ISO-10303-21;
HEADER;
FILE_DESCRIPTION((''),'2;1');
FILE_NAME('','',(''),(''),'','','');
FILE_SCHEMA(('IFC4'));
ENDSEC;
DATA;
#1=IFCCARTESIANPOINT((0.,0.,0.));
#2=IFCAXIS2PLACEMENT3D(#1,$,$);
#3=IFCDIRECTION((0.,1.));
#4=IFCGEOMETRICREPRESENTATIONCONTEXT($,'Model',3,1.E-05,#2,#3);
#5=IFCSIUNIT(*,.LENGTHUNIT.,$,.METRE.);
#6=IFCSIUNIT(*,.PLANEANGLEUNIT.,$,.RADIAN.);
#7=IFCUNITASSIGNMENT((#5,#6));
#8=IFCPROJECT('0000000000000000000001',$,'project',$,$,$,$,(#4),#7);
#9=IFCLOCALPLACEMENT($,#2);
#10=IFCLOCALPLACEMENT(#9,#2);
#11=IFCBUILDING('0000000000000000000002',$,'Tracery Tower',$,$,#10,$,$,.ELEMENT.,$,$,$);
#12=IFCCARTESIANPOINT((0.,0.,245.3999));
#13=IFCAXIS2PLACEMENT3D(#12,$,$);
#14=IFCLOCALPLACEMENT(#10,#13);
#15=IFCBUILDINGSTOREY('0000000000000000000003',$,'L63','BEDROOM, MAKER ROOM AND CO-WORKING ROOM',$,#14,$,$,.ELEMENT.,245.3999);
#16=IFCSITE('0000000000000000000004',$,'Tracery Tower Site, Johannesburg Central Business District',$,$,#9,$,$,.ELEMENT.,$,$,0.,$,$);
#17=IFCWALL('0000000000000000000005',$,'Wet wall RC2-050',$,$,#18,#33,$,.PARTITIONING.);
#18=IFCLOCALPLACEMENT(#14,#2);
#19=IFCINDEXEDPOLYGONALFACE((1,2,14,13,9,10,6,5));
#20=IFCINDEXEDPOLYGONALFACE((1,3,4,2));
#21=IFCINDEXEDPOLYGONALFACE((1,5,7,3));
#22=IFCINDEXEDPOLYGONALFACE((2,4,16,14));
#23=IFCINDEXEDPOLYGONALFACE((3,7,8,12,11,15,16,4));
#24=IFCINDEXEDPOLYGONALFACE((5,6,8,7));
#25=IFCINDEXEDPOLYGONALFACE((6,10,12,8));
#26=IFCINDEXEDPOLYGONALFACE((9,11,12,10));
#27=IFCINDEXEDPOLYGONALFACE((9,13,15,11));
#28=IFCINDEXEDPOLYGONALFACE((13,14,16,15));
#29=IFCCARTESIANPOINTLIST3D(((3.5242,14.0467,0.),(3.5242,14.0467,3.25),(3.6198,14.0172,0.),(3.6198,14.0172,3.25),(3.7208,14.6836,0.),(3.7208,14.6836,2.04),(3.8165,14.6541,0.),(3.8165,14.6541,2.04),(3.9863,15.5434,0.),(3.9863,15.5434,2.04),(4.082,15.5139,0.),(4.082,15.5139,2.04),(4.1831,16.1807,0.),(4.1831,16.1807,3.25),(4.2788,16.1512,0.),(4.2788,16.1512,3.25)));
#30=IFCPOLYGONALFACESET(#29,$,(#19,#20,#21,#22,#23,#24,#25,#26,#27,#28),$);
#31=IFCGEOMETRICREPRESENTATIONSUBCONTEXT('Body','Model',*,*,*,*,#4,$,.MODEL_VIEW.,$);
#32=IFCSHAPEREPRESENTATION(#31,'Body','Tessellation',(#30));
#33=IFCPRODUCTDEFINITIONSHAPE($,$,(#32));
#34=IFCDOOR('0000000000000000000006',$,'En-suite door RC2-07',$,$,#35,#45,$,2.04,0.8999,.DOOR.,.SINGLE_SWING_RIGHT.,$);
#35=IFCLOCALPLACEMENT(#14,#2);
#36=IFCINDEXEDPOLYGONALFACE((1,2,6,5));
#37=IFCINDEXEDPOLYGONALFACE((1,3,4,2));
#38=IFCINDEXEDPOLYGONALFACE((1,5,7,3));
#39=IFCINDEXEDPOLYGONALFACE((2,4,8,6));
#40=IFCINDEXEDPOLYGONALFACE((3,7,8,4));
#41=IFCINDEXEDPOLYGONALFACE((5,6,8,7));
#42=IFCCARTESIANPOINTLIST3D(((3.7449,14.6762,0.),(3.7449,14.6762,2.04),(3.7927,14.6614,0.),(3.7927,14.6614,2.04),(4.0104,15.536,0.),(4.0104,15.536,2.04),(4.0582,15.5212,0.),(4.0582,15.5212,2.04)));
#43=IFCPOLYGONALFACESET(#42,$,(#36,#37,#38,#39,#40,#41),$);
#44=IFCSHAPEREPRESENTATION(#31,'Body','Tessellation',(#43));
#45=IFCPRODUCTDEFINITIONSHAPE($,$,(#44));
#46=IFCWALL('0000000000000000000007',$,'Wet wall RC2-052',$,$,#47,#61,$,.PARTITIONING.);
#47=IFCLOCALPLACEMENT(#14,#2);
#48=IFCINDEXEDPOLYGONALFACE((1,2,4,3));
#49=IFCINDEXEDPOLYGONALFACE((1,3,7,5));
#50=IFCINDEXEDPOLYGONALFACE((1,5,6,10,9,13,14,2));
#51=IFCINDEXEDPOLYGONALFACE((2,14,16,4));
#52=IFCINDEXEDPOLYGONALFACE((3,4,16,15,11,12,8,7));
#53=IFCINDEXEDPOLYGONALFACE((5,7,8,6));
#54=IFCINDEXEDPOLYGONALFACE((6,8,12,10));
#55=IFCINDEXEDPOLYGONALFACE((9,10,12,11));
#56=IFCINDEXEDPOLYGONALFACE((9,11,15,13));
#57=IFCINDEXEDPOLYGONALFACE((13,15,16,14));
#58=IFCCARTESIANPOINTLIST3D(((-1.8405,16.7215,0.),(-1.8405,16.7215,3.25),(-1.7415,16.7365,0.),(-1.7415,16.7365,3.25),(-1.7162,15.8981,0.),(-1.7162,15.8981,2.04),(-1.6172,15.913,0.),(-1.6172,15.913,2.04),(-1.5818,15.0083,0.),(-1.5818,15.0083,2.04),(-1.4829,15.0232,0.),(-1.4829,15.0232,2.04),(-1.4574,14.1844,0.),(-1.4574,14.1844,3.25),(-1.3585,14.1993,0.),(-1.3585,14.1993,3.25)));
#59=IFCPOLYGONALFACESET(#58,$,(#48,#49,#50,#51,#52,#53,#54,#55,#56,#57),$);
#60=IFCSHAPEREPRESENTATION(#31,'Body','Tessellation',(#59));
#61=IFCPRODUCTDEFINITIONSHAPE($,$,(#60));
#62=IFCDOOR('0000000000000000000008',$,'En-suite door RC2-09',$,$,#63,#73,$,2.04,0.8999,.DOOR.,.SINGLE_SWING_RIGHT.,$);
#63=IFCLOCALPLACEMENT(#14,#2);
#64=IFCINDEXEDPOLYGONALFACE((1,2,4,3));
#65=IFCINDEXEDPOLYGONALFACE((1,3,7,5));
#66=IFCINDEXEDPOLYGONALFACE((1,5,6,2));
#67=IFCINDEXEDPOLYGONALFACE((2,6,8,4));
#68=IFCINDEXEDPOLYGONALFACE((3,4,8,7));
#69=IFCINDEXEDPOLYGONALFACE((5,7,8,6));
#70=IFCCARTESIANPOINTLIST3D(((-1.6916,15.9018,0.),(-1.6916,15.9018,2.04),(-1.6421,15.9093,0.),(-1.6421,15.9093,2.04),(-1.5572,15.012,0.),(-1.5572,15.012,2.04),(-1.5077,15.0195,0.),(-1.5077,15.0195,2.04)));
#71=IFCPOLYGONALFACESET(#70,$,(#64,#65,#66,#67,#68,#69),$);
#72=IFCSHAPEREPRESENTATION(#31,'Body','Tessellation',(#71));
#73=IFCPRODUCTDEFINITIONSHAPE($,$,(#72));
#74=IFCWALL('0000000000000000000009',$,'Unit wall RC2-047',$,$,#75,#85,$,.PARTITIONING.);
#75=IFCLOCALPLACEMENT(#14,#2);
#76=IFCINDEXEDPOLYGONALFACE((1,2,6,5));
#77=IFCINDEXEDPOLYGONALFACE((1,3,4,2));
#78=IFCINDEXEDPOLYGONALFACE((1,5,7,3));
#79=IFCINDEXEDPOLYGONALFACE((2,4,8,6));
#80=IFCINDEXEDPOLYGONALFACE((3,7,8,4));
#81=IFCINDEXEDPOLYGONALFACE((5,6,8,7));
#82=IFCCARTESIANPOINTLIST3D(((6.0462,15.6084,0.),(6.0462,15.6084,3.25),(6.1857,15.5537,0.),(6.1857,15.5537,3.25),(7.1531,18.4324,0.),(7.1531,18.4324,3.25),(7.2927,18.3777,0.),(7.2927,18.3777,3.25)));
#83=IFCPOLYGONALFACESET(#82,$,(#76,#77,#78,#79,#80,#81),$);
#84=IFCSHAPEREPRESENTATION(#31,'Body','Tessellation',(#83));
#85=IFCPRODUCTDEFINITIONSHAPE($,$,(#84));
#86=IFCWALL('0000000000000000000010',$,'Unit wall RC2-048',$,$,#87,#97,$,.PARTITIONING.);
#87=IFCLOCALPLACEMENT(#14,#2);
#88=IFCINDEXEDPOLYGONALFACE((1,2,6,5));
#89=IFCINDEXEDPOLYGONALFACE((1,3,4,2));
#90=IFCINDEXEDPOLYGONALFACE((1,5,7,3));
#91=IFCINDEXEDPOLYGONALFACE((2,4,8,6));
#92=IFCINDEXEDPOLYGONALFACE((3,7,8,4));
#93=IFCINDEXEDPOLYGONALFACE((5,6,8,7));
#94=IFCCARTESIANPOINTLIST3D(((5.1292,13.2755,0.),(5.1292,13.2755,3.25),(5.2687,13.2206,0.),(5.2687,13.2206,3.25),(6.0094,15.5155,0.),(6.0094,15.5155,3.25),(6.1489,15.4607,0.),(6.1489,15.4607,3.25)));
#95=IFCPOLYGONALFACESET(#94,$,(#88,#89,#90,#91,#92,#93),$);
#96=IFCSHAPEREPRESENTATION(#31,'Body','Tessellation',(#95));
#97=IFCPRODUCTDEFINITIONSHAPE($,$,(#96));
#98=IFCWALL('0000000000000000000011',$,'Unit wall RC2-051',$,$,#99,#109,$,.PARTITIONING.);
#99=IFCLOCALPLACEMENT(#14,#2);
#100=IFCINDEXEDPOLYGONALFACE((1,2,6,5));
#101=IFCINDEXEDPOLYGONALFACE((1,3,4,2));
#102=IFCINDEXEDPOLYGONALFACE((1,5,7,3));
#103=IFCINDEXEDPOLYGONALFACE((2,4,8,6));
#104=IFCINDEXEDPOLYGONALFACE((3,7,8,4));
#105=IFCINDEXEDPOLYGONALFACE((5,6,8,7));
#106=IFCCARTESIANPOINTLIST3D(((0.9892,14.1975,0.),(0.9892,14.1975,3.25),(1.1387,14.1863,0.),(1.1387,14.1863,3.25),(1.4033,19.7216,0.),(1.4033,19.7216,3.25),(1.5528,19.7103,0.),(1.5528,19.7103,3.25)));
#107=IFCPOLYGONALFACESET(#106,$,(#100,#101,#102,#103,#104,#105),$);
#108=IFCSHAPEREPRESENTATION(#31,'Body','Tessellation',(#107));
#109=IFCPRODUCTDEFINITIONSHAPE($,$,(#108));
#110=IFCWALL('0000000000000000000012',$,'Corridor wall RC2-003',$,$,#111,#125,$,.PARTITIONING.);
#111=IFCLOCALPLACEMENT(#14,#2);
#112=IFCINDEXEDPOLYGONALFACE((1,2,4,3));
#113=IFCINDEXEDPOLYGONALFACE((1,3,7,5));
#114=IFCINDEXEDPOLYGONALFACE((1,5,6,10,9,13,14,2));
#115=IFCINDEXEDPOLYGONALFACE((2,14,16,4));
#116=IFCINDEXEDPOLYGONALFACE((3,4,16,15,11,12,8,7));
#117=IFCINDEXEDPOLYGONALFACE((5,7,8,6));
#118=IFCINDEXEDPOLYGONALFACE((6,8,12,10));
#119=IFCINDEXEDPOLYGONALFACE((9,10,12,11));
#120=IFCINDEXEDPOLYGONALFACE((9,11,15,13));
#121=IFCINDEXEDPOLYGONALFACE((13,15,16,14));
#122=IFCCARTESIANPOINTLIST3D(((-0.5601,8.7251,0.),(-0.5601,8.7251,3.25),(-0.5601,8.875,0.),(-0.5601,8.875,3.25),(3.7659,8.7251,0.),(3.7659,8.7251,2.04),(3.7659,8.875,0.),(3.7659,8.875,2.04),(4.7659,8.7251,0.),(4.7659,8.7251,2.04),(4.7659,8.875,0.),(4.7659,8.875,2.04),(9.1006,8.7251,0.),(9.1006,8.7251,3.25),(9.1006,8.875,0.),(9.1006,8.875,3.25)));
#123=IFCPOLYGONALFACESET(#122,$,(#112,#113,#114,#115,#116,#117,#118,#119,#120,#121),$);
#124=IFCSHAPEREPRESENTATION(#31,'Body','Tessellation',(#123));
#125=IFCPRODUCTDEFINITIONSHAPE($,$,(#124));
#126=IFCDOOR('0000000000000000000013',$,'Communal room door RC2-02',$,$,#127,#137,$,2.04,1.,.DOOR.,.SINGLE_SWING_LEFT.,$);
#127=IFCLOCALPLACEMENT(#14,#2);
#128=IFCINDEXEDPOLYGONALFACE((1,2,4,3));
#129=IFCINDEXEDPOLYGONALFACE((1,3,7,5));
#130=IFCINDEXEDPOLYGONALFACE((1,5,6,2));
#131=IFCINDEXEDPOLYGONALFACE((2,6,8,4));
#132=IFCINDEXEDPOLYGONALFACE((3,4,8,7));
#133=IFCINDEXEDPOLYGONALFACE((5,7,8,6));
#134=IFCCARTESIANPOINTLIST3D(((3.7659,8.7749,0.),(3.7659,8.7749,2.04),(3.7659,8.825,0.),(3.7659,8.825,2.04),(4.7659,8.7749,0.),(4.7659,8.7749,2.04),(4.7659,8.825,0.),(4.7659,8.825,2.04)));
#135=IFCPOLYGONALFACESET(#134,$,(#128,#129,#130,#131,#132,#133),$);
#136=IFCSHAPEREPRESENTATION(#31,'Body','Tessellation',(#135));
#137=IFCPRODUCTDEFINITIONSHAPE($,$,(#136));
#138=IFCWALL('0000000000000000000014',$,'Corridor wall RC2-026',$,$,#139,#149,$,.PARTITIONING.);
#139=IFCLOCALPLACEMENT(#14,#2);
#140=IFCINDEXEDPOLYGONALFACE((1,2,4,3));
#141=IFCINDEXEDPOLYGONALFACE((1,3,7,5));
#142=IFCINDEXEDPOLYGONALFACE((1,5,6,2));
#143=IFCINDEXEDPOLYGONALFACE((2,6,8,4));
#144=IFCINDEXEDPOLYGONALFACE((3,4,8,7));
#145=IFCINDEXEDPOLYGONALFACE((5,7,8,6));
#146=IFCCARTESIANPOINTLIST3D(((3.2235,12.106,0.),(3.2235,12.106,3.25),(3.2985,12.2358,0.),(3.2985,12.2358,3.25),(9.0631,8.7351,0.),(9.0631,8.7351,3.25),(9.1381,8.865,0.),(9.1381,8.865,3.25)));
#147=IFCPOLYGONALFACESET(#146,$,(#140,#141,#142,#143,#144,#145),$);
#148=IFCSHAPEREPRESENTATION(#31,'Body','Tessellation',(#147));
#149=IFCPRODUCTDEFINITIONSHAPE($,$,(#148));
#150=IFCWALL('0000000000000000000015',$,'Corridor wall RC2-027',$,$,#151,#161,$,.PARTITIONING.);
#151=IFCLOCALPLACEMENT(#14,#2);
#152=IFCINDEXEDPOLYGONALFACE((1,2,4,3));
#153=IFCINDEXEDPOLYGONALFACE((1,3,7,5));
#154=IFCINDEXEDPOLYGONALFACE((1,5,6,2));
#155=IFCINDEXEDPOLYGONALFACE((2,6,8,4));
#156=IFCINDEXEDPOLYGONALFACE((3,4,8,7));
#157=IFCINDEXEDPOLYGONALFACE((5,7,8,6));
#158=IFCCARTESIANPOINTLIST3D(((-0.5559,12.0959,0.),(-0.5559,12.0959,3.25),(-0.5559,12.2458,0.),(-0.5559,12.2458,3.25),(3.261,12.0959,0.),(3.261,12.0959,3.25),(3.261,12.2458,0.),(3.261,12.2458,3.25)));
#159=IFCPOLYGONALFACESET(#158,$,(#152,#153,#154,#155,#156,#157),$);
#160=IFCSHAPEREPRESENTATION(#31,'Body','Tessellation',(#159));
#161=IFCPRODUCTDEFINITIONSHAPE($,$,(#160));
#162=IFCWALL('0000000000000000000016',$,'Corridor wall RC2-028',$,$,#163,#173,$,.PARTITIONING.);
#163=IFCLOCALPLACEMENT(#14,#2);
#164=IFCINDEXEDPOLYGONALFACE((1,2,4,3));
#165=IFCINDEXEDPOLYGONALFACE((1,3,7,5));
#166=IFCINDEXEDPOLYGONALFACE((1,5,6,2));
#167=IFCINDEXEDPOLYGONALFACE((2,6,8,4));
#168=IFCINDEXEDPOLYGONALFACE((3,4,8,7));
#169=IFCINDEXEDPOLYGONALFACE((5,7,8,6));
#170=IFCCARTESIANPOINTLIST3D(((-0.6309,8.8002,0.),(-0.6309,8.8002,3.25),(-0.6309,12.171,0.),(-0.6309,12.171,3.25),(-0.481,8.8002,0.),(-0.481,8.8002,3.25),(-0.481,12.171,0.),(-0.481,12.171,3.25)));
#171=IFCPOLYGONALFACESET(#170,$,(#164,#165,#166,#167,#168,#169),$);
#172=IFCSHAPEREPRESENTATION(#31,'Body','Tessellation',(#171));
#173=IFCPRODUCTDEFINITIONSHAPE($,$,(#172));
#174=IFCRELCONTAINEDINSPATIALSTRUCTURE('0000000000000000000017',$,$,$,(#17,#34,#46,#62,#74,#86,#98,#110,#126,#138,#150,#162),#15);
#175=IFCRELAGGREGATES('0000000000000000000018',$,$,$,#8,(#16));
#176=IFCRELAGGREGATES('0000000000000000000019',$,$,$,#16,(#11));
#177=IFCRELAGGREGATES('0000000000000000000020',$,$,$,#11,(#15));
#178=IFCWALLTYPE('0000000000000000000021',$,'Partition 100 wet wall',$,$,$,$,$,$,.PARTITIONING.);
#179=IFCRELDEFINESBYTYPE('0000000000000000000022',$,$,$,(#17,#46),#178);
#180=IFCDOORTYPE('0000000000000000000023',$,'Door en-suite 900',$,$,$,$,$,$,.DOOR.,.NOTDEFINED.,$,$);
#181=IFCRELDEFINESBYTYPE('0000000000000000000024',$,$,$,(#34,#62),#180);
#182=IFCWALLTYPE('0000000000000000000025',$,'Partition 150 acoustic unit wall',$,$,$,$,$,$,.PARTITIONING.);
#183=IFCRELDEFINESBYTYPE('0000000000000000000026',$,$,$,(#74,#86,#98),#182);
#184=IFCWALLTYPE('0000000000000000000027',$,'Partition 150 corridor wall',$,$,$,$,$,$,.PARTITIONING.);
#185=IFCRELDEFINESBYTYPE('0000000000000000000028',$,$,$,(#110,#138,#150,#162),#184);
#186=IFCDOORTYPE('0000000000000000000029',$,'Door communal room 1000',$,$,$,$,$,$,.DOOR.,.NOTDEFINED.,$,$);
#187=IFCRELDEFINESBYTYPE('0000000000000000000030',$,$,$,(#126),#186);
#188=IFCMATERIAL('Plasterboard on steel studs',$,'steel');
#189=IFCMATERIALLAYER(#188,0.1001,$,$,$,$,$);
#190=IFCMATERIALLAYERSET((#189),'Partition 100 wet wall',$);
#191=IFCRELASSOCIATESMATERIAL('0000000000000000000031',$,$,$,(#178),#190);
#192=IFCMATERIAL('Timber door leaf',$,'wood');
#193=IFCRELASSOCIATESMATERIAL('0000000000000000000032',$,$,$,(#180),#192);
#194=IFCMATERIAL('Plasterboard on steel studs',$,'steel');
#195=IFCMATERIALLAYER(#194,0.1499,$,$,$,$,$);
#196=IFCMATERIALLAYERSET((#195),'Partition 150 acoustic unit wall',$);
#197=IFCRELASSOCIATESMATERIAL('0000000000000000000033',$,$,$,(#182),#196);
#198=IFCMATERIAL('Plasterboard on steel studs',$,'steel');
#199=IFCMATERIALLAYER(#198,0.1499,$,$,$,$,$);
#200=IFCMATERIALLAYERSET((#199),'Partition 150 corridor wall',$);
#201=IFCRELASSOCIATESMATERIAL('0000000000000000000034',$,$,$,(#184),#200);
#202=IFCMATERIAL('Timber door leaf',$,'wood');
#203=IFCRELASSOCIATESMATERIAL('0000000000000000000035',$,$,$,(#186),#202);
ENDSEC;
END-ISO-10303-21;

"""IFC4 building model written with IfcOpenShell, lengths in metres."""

from ifc_helpers import new_model, si_unit, direction, frame, frame_2d, origin, place, context, subcontext, project, spatial, rectangle, extrude, material, layer, layer_set, type_object, element, fill, save


model = new_model("IFC4")

# Units and contexts
model_context = context("Model", 3, precision=1e-05, world=origin(), true_north=direction((0.0, 1.0)))
body_context = subcontext(model_context, "Body", "Model", "MODEL_VIEW")
ifc_project = project(units=[si_unit("LENGTHUNIT", "METRE"), si_unit("PLANEANGLEUNIT", "RADIAN")], contexts=[model_context])

# Site, building, storey
site_placement = place(None, origin())
site = spatial("IfcSite", under=ifc_project, at=site_placement, Name="Tracery Tower Site, Johannesburg Central Business District", CompositionType="ELEMENT", RefElevation=0.0)
building_placement = place(site_placement, origin())
building = spatial("IfcBuilding", under=site, at=building_placement, Name="Tracery Tower", CompositionType="ELEMENT")
storey_placement = place(building_placement, frame((0.0, 0.0, 245.3999)))
storey = spatial("IfcBuildingStorey", under=building, at=storey_placement, Name="L63", Description="BEDROOM, MAKER ROOM AND CO-WORKING ROOM", CompositionType="ELEMENT", Elevation=245.3999)

# Shared definitions
ifc_material_1 = material(Name="Plasterboard on steel studs", Category="steel")
ifc_layer_1 = layer(ifc_material_1, 0.1001)
ifc_layer_set_1 = layer_set([ifc_layer_1], Name="Partition 100 wet wall")
wall_type_1 = type_object("IfcWallType", Name="Partition 100 wet wall", PredefinedType="PARTITIONING", material=ifc_layer_set_1)
ifc_material_2 = material(Name="Timber door leaf", Category="wood")
door_type_1 = type_object("IfcDoorType", Name="Door en-suite 900", OperationType="NOTDEFINED", PredefinedType="DOOR", material=ifc_material_2)

# Walls, openings, doors
wall_1_placement = place(storey_placement, frame((3.572, 14.032, 0.0), z_axis=(0.0, 0.0, 1.0), x_axis=(0.295031, 0.955488, 0.0)))
wall_1 = element("IfcWall", 1, at=wall_1_placement, inside=storey, type_object=wall_type_1, Name="Wet wall RC2-050", PredefinedType="PARTITIONING", context=body_context, shape_type="SweptSolid", body=[
    extrude(rectangle(XDim=2.2334, YDim=0.1001, at=frame_2d((1.1167, 0.0))), origin(), (0.0, 0.0, 1.0), 3.25),
])
opening_1_placement = place(wall_1_placement, frame((0.6665, 0.0, 0.0)))
opening_1 = element("IfcOpeningElement", 2, at=opening_1_placement, cuts=wall_1, PredefinedType="OPENING", context=body_context, shape_type="SweptSolid", body=[
    extrude(rectangle(XDim=0.8999, YDim=2.04, at=frame_2d((0.45, 1.02))), frame((0.0, 0.05, 0.0), z_axis=(0.0, -1.0, 0.0), x_axis=(1.0, 0.0, 0.0)), (0.0, 0.0, 1.0), 0.1001),
])
door_1_placement = place(opening_1_placement, origin())
door_1 = element("IfcDoor", 3, at=door_1_placement, inside=storey, type_object=door_type_1, Name="En-suite door RC2-07", OperationType="SINGLE_SWING_RIGHT", OverallHeight=2.04, OverallWidth=0.8999, PredefinedType="DOOR", context=body_context, shape_type="SweptSolid", body=[
    extrude(rectangle(XDim=0.8999, YDim=2.04, at=frame_2d((0.45, 1.02))), frame((0.0, 0.0249, 0.0), z_axis=(0.0, -1.0, 0.0), x_axis=(1.0, 0.0, 0.0)), (0.0, 0.0, 1.0), 0.05),
])
fill(opening_1, door_1)
wall_2_placement = place(storey_placement, frame((-1.791, 16.729, 0.0), z_axis=(0.0, 0.0, 1.0), x_axis=(0.14929, -0.988794, 0.0)))
wall_2 = element("IfcWall", 4, at=wall_2_placement, inside=storey, type_object=wall_type_1, Name="Wet wall RC2-052", PredefinedType="PARTITIONING", context=body_context, shape_type="SweptSolid", body=[
    extrude(rectangle(XDim=2.5659, YDim=0.1001, at=frame_2d((1.283, 0.0))), origin(), (0.0, 0.0, 1.0), 3.25),
])
opening_2_placement = place(wall_2_placement, frame((0.8328, 0.0, 0.0)))
opening_2 = element("IfcOpeningElement", 5, at=opening_2_placement, cuts=wall_2, PredefinedType="OPENING", context=body_context, shape_type="SweptSolid", body=[
    extrude(rectangle(XDim=0.8999, YDim=2.04, at=frame_2d((0.45, 1.02))), frame((0.0, 0.05, 0.0), z_axis=(0.0, -1.0, 0.0), x_axis=(1.0, 0.0, 0.0)), (0.0, 0.0, 1.0), 0.1001),
])
door_2_placement = place(opening_2_placement, origin())
door_2 = element("IfcDoor", 6, at=door_2_placement, inside=storey, type_object=door_type_1, Name="En-suite door RC2-09", OperationType="SINGLE_SWING_RIGHT", OverallHeight=2.04, OverallWidth=0.8999, PredefinedType="DOOR", context=body_context, shape_type="SweptSolid", body=[
    extrude(rectangle(XDim=0.8999, YDim=2.04, at=frame_2d((0.45, 1.02))), frame((0.0, 0.0249, 0.0), z_axis=(0.0, -1.0, 0.0), x_axis=(1.0, 0.0, 0.0)), (0.0, 0.0, 1.0), 0.05),
])
fill(opening_2, door_2)

# Walls
ifc_material_3 = material(Name="Plasterboard on steel studs", Category="steel")
ifc_layer_2 = layer(ifc_material_3, 0.1499)
ifc_layer_set_2 = layer_set([ifc_layer_2], Name="Partition 150 acoustic unit wall")
wall_type_2 = type_object("IfcWallType", Name="Partition 150 acoustic unit wall", PredefinedType="PARTITIONING", material=ifc_layer_set_2)
wall_3_placement = place(storey_placement, frame((6.116, 15.5811, 0.0), z_axis=(0.0, 0.0, 1.0), x_axis=(0.364943, 0.93103, 0.0)))
element("IfcWall", 7, at=wall_3_placement, inside=storey, type_object=wall_type_2, Name="Unit wall RC2-047", PredefinedType="PARTITIONING", context=body_context, shape_type="SweptSolid", body=[
    extrude(rectangle(XDim=3.0332, YDim=0.1499, at=frame_2d((1.5166, 0.0))), origin(), (0.0, 0.0, 1.0), 3.25),
])
wall_4_placement = place(storey_placement, frame((5.199, 13.248, 0.0), z_axis=(0.0, 0.0, 1.0), x_axis=(0.365699, 0.930733, 0.0)))
element("IfcWall", 8, at=wall_4_placement, inside=storey, type_object=wall_type_2, Name="Unit wall RC2-048", PredefinedType="PARTITIONING", context=body_context, shape_type="SweptSolid", body=[
    extrude(rectangle(XDim=2.4067, YDim=0.1499, at=frame_2d((1.2034, 0.0))), origin(), (0.0, 0.0, 1.0), 3.25),
])
wall_5_placement = place(storey_placement, frame((1.064, 14.1919, 0.0), z_axis=(0.0, 0.0, 1.0), x_axis=(0.074745, 0.997203, 0.0)))
element("IfcWall", 9, at=wall_5_placement, inside=storey, type_object=wall_type_2, Name="Unit wall RC2-051", PredefinedType="PARTITIONING", context=body_context, shape_type="SweptSolid", body=[
    extrude(rectangle(XDim=5.5396, YDim=0.1499, at=frame_2d((2.7698, 0.0))), origin(), (0.0, 0.0, 1.0), 3.25),
])

# Wall, opening, door
ifc_material_4 = material(Name="Plasterboard on steel studs", Category="steel")
ifc_layer_3 = layer(ifc_material_4, 0.1499)
ifc_layer_set_3 = layer_set([ifc_layer_3], Name="Partition 150 corridor wall")
wall_type_3 = type_object("IfcWallType", Name="Partition 150 corridor wall", PredefinedType="PARTITIONING", material=ifc_layer_set_3)
wall_6_placement = place(storey_placement, frame((-0.5601, 8.8, 0.0), z_axis=(0.0, 0.0, 1.0), x_axis=(1.0, 0.0, 0.0)))
wall_6 = element("IfcWall", 10, at=wall_6_placement, inside=storey, type_object=wall_type_3, Name="Corridor wall RC2-003", PredefinedType="PARTITIONING", context=body_context, shape_type="SweptSolid", body=[
    extrude(rectangle(XDim=9.6606, YDim=0.1499, at=frame_2d((4.8303, 0.0))), origin(), (0.0, 0.0, 1.0), 3.25),
])
opening_3_placement = place(wall_6_placement, frame((4.3259, 0.0, 0.0)))
opening_3 = element("IfcOpeningElement", 11, at=opening_3_placement, cuts=wall_6, PredefinedType="OPENING", context=body_context, shape_type="SweptSolid", body=[
    extrude(rectangle(XDim=1.0, YDim=2.04, at=frame_2d((0.5, 1.02))), frame((0.0, 0.075, 0.0), z_axis=(0.0, -1.0, 0.0), x_axis=(1.0, 0.0, 0.0)), (0.0, 0.0, 1.0), 0.1499),
])
ifc_material_5 = material(Name="Timber door leaf", Category="wood")
door_type_2 = type_object("IfcDoorType", Name="Door communal room 1000", OperationType="NOTDEFINED", PredefinedType="DOOR", material=ifc_material_5)
door_3_placement = place(opening_3_placement, origin())
door_3 = element("IfcDoor", 12, at=door_3_placement, inside=storey, type_object=door_type_2, Name="Communal room door RC2-02", OperationType="SINGLE_SWING_LEFT", OverallHeight=2.04, OverallWidth=1.0, PredefinedType="DOOR", context=body_context, shape_type="SweptSolid", body=[
    extrude(rectangle(XDim=1.0, YDim=2.04, at=frame_2d((0.5, 1.02))), frame((0.0, 0.0249, 0.0), z_axis=(0.0, -1.0, 0.0), x_axis=(1.0, 0.0, 0.0)), (0.0, 0.0, 1.0), 0.05),
])
fill(opening_3, door_3)

# Walls
wall_7_placement = place(storey_placement, frame((3.261, 12.1709, 0.0), z_axis=(0.0, 0.0, 1.0), x_axis=(0.866067, -0.499928, 0.0)))
element("IfcWall", 13, at=wall_7_placement, inside=storey, type_object=wall_type_3, Name="Corridor wall RC2-026", PredefinedType="PARTITIONING", context=body_context, shape_type="SweptSolid", body=[
    extrude(rectangle(XDim=6.7427, YDim=0.1499, at=frame_2d((3.3713, 0.0))), origin(), (0.0, 0.0, 1.0), 3.25),
])
wall_8_placement = place(storey_placement, frame((-0.5559, 12.1709, 0.0), z_axis=(0.0, 0.0, 1.0), x_axis=(1.0, 0.0, 0.0)))
element("IfcWall", 14, at=wall_8_placement, inside=storey, type_object=wall_type_3, Name="Corridor wall RC2-027", PredefinedType="PARTITIONING", context=body_context, shape_type="SweptSolid", body=[
    extrude(rectangle(XDim=3.8169, YDim=0.1499, at=frame_2d((1.9084, 0.0))), origin(), (0.0, 0.0, 1.0), 3.25),
])
wall_9_placement = place(storey_placement, frame((-0.5559, 8.8, 0.0), z_axis=(0.0, 0.0, 1.0), x_axis=(0.0, 1.0, 0.0)))
element("IfcWall", 15, at=wall_9_placement, inside=storey, type_object=wall_type_3, Name="Corridor wall RC2-028", PredefinedType="PARTITIONING", context=body_context, shape_type="SweptSolid", body=[
    extrude(rectangle(XDim=3.3708, YDim=0.1499, at=frame_2d((1.6855, 0.0))), origin(), (0.0, 0.0, 1.0), 3.25),
])

save(model, "model.ifc")
